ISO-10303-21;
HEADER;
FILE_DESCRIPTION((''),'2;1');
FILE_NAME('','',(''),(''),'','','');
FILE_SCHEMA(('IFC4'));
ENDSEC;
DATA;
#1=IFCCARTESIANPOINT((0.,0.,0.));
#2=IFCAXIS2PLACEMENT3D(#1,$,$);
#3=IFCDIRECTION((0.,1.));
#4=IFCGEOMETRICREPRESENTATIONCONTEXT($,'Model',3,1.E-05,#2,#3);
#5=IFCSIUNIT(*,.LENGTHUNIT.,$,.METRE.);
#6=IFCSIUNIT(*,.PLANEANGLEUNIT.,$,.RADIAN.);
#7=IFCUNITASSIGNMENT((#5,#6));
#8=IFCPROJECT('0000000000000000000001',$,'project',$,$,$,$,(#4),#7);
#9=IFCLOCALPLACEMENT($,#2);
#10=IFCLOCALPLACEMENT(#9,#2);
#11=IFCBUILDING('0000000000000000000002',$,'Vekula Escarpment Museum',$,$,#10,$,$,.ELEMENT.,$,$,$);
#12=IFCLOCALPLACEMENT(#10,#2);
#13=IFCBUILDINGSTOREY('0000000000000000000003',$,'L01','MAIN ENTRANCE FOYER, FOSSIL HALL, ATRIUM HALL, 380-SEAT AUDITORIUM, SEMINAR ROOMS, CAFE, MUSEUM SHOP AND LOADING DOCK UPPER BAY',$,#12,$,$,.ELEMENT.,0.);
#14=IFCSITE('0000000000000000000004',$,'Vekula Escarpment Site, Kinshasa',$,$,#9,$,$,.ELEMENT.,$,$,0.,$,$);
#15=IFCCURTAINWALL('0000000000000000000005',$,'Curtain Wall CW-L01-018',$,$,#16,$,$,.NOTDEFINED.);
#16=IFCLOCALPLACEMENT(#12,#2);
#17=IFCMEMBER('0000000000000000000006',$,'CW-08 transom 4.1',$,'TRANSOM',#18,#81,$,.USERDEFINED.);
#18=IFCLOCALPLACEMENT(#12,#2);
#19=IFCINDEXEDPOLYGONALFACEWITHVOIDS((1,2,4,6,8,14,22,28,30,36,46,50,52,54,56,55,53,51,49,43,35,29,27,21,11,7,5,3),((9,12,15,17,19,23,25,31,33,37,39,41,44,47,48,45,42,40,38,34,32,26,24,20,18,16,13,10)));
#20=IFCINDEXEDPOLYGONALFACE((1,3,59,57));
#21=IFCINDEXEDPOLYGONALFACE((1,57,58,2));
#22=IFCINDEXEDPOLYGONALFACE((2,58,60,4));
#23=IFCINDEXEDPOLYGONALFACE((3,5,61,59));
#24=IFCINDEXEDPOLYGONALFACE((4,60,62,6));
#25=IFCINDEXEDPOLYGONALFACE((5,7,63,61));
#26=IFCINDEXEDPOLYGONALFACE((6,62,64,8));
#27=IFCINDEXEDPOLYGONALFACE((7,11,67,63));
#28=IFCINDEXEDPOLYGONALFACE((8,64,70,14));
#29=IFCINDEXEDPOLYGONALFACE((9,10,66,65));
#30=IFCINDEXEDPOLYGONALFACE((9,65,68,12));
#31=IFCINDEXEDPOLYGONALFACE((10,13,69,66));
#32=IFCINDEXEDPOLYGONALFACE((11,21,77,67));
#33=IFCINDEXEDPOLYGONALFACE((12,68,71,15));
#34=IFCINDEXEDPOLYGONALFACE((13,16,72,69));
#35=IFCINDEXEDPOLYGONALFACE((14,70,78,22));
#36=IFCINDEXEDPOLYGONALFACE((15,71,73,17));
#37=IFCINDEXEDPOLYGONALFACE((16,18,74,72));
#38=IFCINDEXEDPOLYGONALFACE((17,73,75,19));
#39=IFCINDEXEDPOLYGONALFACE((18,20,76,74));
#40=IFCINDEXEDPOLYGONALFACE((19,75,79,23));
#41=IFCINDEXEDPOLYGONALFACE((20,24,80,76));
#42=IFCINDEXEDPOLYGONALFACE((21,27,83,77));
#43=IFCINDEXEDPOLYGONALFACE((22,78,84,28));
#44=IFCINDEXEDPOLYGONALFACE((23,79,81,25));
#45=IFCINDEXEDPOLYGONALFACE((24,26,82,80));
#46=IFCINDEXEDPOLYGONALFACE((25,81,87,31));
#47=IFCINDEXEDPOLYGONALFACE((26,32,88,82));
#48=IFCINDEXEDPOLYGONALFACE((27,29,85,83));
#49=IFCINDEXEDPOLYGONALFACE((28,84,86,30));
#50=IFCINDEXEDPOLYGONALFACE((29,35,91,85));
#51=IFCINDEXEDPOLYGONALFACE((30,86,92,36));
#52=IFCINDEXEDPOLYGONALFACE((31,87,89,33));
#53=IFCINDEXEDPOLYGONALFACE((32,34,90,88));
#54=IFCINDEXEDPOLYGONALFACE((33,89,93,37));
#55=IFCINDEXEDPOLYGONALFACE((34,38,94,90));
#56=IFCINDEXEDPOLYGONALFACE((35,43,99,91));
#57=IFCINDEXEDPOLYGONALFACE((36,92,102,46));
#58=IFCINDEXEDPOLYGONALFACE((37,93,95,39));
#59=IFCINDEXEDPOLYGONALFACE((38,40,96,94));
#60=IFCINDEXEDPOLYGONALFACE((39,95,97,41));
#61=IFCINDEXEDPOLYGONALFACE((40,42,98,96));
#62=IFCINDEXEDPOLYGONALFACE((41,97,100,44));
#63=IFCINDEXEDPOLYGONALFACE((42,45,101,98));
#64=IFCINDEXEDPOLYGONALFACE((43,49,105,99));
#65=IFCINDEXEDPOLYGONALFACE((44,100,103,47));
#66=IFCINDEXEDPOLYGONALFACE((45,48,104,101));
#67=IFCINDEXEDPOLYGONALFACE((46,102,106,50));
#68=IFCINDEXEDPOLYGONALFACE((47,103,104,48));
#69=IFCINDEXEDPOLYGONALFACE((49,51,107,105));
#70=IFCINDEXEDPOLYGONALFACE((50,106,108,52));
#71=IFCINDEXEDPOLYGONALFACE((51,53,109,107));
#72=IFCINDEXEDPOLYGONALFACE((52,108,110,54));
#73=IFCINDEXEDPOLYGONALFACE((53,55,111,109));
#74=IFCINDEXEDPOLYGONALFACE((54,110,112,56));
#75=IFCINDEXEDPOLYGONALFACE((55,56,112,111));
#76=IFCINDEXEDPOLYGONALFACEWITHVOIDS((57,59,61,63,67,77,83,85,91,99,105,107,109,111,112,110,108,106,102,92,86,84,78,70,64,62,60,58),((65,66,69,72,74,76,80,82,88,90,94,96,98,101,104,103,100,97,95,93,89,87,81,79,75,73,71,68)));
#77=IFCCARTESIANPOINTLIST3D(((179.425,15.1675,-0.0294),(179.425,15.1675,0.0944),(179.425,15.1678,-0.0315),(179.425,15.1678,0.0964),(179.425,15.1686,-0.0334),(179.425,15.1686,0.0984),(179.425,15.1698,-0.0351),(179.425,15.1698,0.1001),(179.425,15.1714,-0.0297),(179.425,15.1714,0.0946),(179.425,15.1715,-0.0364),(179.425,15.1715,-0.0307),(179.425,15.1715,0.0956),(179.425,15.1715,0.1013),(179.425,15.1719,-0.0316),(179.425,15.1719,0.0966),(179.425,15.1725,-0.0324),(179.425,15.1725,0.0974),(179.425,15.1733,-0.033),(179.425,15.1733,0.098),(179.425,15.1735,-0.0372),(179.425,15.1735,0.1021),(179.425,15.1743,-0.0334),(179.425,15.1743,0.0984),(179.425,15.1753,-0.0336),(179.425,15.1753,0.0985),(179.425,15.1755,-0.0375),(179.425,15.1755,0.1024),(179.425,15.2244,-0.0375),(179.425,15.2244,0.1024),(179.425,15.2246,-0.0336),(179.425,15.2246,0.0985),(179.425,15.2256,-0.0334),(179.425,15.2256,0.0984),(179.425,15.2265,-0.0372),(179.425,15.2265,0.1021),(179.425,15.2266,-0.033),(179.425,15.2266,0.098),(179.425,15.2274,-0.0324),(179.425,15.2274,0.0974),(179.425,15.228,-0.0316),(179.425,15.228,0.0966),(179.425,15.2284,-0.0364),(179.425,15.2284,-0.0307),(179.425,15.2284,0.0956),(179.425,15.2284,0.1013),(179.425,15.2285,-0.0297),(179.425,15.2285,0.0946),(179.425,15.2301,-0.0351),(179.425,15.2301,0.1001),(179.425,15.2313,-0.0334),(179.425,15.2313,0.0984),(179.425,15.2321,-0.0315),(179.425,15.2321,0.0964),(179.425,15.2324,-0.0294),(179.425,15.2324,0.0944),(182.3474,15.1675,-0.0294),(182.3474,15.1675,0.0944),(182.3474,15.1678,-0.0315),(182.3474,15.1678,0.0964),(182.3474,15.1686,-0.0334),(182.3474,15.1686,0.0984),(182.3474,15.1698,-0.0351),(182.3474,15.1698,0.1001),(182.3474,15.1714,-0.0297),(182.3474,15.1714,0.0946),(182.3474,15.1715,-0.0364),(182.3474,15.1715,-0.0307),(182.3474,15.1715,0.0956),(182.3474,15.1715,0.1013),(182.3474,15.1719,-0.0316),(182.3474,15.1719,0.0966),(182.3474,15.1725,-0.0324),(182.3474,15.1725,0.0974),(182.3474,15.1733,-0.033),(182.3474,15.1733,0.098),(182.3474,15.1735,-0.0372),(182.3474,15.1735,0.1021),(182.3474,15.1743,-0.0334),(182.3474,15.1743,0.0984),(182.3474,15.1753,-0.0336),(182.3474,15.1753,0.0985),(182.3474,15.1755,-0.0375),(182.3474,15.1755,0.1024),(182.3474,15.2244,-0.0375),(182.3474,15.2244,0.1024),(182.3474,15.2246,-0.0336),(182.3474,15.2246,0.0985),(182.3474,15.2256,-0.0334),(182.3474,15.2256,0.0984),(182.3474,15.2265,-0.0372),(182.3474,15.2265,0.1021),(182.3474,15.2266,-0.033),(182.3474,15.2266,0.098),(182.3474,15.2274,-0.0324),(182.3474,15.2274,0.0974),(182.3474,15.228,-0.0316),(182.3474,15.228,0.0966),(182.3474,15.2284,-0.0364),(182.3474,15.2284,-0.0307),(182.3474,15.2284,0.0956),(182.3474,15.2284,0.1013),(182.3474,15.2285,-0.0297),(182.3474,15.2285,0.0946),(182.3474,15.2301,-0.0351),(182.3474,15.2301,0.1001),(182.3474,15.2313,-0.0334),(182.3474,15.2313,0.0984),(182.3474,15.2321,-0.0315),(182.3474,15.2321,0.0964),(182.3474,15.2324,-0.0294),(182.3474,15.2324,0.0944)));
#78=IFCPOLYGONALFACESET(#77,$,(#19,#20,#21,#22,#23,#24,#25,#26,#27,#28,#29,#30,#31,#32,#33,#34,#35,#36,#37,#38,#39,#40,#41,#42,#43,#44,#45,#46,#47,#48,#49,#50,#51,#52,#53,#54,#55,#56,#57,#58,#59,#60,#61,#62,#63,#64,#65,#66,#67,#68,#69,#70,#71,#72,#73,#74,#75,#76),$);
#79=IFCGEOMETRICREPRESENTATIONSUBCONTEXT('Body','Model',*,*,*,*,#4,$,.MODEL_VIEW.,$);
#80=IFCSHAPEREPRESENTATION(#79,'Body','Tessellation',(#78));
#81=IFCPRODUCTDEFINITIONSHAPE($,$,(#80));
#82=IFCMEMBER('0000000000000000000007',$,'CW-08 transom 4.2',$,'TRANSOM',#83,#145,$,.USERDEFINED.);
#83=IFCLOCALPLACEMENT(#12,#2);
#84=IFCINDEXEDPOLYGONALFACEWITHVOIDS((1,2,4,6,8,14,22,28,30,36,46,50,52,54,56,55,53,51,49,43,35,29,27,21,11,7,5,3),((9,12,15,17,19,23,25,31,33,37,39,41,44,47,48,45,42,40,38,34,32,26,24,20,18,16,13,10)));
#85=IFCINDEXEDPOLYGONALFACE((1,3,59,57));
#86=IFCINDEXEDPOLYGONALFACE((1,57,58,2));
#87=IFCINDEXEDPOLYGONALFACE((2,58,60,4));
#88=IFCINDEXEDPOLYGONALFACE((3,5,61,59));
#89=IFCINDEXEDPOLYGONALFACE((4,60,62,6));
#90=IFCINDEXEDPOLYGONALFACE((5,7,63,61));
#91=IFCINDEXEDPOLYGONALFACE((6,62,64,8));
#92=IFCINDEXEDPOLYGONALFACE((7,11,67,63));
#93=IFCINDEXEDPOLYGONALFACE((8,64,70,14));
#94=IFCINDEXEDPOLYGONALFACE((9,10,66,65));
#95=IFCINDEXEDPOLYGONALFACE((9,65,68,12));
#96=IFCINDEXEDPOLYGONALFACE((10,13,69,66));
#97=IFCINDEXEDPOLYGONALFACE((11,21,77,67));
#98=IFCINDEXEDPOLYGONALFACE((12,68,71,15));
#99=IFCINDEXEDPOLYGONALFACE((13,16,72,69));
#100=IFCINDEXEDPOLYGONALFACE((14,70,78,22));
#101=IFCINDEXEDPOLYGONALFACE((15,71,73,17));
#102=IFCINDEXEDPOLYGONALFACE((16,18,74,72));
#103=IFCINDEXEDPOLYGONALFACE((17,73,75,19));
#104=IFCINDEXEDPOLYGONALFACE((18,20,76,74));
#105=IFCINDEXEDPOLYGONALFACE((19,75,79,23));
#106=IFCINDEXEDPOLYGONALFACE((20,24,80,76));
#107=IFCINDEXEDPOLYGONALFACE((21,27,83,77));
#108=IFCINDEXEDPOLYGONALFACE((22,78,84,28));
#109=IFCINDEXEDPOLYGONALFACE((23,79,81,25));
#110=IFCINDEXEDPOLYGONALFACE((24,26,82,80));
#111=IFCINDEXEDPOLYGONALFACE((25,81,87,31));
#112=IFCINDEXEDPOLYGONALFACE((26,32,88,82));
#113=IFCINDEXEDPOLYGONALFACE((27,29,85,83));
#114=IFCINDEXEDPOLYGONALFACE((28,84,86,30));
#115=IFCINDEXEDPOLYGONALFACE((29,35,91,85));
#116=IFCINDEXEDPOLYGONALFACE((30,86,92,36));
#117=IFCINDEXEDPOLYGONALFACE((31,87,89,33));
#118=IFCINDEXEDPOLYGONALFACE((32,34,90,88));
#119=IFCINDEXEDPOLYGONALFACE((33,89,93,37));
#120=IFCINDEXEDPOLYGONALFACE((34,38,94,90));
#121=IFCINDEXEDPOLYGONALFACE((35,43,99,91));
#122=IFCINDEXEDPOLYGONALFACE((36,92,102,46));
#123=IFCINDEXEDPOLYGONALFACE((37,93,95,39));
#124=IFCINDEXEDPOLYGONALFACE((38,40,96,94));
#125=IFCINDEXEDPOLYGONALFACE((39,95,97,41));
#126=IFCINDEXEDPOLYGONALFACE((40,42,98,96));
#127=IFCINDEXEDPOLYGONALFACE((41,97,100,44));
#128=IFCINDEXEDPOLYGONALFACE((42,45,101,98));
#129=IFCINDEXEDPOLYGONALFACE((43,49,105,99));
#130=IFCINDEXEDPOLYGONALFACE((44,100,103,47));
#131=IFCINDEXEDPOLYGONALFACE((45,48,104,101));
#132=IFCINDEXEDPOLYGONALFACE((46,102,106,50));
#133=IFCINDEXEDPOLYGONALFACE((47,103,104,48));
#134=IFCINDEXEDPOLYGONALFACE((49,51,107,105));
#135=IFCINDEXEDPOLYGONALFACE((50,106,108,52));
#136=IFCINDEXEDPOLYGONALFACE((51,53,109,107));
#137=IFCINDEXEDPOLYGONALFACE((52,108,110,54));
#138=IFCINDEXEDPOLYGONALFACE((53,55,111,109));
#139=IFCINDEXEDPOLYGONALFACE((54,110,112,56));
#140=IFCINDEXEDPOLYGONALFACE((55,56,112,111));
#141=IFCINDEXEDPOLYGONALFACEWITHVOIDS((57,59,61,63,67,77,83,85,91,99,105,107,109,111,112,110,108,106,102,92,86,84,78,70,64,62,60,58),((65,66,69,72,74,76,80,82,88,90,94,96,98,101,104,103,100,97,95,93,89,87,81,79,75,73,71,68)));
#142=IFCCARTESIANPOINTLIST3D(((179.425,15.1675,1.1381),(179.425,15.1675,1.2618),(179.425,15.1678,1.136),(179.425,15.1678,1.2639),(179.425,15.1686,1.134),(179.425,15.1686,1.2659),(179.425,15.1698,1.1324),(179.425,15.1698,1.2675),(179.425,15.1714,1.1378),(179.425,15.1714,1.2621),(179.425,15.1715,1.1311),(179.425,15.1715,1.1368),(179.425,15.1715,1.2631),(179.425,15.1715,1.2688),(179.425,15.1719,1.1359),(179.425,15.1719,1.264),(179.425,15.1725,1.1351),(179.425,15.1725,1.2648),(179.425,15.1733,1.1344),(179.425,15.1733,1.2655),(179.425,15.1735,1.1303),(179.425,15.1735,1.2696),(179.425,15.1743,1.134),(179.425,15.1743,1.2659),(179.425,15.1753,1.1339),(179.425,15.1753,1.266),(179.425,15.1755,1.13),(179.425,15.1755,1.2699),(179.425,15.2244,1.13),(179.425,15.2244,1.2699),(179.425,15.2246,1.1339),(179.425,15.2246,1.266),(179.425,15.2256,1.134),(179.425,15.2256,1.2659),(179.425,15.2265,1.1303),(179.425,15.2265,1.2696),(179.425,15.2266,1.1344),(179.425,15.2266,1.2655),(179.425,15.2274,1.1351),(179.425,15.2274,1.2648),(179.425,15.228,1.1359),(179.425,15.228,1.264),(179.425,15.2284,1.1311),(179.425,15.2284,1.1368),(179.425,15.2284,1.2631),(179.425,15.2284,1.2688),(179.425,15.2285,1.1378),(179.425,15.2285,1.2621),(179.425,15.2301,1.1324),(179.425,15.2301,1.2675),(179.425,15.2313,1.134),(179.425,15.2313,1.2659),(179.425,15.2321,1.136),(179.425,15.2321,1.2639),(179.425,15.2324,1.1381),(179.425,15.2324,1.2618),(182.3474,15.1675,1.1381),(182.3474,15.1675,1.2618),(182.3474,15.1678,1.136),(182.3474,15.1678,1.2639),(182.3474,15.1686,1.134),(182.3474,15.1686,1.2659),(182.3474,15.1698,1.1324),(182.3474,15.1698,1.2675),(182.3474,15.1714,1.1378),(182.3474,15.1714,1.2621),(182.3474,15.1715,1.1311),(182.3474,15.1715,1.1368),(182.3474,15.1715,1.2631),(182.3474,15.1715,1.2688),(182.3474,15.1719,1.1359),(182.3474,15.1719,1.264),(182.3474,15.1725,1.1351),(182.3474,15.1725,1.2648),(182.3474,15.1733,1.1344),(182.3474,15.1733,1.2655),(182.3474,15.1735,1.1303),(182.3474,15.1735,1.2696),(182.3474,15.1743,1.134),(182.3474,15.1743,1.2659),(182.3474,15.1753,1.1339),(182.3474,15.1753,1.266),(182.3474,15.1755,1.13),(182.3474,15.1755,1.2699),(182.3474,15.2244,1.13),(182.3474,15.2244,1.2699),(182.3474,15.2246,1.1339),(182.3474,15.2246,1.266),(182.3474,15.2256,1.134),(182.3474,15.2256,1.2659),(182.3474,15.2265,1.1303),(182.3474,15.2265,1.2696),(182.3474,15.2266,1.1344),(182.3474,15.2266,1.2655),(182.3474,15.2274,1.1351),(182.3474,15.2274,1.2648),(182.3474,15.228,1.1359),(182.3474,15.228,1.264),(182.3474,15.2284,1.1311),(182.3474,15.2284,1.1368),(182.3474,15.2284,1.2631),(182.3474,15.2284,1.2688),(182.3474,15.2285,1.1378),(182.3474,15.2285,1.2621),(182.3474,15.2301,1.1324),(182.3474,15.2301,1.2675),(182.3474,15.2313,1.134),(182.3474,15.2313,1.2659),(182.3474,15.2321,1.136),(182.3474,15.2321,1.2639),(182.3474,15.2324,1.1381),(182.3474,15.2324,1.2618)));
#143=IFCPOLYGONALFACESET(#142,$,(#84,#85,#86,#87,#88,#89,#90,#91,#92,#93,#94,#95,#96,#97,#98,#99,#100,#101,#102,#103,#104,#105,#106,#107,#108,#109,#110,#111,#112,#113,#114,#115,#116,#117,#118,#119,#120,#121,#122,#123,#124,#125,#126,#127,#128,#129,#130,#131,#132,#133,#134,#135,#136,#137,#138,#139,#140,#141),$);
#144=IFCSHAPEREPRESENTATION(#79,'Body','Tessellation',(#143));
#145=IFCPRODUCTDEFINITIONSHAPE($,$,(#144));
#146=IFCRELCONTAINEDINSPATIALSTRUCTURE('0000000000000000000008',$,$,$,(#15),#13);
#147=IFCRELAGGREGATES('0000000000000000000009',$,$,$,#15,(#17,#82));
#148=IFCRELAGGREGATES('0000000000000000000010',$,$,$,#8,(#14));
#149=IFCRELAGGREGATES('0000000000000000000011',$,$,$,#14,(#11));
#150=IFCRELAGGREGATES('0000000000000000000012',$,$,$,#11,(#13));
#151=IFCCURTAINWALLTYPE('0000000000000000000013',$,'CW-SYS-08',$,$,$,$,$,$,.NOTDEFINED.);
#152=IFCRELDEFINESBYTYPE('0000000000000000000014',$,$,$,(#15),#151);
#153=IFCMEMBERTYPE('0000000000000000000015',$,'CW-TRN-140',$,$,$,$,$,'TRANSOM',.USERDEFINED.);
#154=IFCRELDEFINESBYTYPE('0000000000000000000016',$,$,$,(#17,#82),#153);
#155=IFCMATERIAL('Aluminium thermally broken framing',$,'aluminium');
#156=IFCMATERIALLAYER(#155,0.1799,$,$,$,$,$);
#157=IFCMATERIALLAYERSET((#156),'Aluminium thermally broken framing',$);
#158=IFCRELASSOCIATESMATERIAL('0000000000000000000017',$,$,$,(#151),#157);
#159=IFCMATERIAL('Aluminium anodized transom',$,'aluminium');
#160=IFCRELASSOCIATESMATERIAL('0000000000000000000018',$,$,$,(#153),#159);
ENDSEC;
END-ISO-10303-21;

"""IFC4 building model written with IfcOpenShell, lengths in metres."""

from ifc_helpers import new_model, si_unit, direction, frame, origin, origin_2d, place, context, subcontext, project, spatial, hollow_rectangle, extrude, material, layer, layer_set, material_profile, profile_set, type_object, element, aggregate, save


model = new_model("IFC4")

# Units and contexts
model_context = context("Model", 3, precision=1e-05, world=origin(), true_north=direction((0.0, 1.0)))
body_context = subcontext(model_context, "Body", "Model", "MODEL_VIEW")
ifc_project = project(units=[si_unit("LENGTHUNIT", "METRE"), si_unit("PLANEANGLEUNIT", "RADIAN")], contexts=[model_context])

# Site, building, storey
site_placement = place(None, origin())
site = spatial("IfcSite", under=ifc_project, at=site_placement, Name="Vekula Escarpment Site, Kinshasa", CompositionType="ELEMENT", RefElevation=0.0)
building_placement = place(site_placement, origin())
building = spatial("IfcBuilding", under=site, at=building_placement, Name="Vekula Escarpment Museum", CompositionType="ELEMENT")
storey_placement = place(building_placement, origin())
storey = spatial("IfcBuildingStorey", under=building, at=storey_placement, Name="L01", Description="MAIN ENTRANCE FOYER, FOSSIL HALL, ATRIUM HALL, 380-SEAT AUDITORIUM, SEMINAR ROOMS, CAFE, MUSEUM SHOP AND LOADING DOCK UPPER BAY", CompositionType="ELEMENT", Elevation=0.0)

# Curtain wall, members
ifc_material_1 = material(Name="Aluminium thermally broken framing", Category="aluminium")
ifc_layer_1 = layer(ifc_material_1, 0.1799)
ifc_layer_set_1 = layer_set([ifc_layer_1], Name="Aluminium thermally broken framing")
curtain_wall_type = type_object("IfcCurtainWallType", Name="CW-SYS-08", PredefinedType="NOTDEFINED", material=ifc_layer_set_1)
curtain_wall_placement = place(storey_placement, origin())
curtain_wall = element("IfcCurtainWall", 1, at=curtain_wall_placement, inside=storey, type_object=curtain_wall_type, Name="Curtain Wall CW-L01-018", PredefinedType="NOTDEFINED")
ifc_material_2 = material(Name="Aluminium anodized transom", Category="aluminium")
ifc_material_profile_1 = material_profile(ifc_material_2, hollow_rectangle(XDim=0.0649, YDim=0.1399, WallThickness=0.0039, InnerFilletRadius=0.0039, OuterFilletRadius=0.0081, at=origin_2d()), Name="ALU 140x65x4")
ifc_profile_set_1 = profile_set([ifc_material_profile_1], Name="Aluminium anodized transom")
member_type_1 = type_object("IfcMemberType", Name="CW-TRN-140", ElementType="TRANSOM", PredefinedType="USERDEFINED", material=ifc_profile_set_1)
member_1_placement = place(storey_placement, frame((182.3474, 15.2, 0.0325), z_axis=(-1.0, 0.0, 0.0), x_axis=(0.0, -1.0, 0.0)))
member_1 = element("IfcMember", 2, at=member_1_placement, type_object=member_type_1, Name="CW-08 transom 4.1", ObjectType="TRANSOM", PredefinedType="USERDEFINED", context=body_context, shape_type="SweptSolid", body=[
    extrude(hollow_rectangle(XDim=0.0649, YDim=0.1399, WallThickness=0.0039, InnerFilletRadius=0.0039, OuterFilletRadius=0.0081, at=origin_2d()), origin(), (0.0, 0.0, 1.0), 2.9224),
])
member_2_placement = place(storey_placement, frame((182.3474, 15.2, 1.2), z_axis=(-1.0, 0.0, 0.0), x_axis=(0.0, -1.0, 0.0)))
member_2 = element("IfcMember", 3, at=member_2_placement, type_object=member_type_1, Name="CW-08 transom 4.2", ObjectType="TRANSOM", PredefinedType="USERDEFINED", context=body_context, shape_type="SweptSolid", body=[
    extrude(hollow_rectangle(XDim=0.0649, YDim=0.1399, WallThickness=0.0039, InnerFilletRadius=0.0039, OuterFilletRadius=0.0081, at=origin_2d()), origin(), (0.0, 0.0, 1.0), 2.9224),
])
aggregate(curtain_wall, [member_1, member_2])

save(model, "model.ifc")
